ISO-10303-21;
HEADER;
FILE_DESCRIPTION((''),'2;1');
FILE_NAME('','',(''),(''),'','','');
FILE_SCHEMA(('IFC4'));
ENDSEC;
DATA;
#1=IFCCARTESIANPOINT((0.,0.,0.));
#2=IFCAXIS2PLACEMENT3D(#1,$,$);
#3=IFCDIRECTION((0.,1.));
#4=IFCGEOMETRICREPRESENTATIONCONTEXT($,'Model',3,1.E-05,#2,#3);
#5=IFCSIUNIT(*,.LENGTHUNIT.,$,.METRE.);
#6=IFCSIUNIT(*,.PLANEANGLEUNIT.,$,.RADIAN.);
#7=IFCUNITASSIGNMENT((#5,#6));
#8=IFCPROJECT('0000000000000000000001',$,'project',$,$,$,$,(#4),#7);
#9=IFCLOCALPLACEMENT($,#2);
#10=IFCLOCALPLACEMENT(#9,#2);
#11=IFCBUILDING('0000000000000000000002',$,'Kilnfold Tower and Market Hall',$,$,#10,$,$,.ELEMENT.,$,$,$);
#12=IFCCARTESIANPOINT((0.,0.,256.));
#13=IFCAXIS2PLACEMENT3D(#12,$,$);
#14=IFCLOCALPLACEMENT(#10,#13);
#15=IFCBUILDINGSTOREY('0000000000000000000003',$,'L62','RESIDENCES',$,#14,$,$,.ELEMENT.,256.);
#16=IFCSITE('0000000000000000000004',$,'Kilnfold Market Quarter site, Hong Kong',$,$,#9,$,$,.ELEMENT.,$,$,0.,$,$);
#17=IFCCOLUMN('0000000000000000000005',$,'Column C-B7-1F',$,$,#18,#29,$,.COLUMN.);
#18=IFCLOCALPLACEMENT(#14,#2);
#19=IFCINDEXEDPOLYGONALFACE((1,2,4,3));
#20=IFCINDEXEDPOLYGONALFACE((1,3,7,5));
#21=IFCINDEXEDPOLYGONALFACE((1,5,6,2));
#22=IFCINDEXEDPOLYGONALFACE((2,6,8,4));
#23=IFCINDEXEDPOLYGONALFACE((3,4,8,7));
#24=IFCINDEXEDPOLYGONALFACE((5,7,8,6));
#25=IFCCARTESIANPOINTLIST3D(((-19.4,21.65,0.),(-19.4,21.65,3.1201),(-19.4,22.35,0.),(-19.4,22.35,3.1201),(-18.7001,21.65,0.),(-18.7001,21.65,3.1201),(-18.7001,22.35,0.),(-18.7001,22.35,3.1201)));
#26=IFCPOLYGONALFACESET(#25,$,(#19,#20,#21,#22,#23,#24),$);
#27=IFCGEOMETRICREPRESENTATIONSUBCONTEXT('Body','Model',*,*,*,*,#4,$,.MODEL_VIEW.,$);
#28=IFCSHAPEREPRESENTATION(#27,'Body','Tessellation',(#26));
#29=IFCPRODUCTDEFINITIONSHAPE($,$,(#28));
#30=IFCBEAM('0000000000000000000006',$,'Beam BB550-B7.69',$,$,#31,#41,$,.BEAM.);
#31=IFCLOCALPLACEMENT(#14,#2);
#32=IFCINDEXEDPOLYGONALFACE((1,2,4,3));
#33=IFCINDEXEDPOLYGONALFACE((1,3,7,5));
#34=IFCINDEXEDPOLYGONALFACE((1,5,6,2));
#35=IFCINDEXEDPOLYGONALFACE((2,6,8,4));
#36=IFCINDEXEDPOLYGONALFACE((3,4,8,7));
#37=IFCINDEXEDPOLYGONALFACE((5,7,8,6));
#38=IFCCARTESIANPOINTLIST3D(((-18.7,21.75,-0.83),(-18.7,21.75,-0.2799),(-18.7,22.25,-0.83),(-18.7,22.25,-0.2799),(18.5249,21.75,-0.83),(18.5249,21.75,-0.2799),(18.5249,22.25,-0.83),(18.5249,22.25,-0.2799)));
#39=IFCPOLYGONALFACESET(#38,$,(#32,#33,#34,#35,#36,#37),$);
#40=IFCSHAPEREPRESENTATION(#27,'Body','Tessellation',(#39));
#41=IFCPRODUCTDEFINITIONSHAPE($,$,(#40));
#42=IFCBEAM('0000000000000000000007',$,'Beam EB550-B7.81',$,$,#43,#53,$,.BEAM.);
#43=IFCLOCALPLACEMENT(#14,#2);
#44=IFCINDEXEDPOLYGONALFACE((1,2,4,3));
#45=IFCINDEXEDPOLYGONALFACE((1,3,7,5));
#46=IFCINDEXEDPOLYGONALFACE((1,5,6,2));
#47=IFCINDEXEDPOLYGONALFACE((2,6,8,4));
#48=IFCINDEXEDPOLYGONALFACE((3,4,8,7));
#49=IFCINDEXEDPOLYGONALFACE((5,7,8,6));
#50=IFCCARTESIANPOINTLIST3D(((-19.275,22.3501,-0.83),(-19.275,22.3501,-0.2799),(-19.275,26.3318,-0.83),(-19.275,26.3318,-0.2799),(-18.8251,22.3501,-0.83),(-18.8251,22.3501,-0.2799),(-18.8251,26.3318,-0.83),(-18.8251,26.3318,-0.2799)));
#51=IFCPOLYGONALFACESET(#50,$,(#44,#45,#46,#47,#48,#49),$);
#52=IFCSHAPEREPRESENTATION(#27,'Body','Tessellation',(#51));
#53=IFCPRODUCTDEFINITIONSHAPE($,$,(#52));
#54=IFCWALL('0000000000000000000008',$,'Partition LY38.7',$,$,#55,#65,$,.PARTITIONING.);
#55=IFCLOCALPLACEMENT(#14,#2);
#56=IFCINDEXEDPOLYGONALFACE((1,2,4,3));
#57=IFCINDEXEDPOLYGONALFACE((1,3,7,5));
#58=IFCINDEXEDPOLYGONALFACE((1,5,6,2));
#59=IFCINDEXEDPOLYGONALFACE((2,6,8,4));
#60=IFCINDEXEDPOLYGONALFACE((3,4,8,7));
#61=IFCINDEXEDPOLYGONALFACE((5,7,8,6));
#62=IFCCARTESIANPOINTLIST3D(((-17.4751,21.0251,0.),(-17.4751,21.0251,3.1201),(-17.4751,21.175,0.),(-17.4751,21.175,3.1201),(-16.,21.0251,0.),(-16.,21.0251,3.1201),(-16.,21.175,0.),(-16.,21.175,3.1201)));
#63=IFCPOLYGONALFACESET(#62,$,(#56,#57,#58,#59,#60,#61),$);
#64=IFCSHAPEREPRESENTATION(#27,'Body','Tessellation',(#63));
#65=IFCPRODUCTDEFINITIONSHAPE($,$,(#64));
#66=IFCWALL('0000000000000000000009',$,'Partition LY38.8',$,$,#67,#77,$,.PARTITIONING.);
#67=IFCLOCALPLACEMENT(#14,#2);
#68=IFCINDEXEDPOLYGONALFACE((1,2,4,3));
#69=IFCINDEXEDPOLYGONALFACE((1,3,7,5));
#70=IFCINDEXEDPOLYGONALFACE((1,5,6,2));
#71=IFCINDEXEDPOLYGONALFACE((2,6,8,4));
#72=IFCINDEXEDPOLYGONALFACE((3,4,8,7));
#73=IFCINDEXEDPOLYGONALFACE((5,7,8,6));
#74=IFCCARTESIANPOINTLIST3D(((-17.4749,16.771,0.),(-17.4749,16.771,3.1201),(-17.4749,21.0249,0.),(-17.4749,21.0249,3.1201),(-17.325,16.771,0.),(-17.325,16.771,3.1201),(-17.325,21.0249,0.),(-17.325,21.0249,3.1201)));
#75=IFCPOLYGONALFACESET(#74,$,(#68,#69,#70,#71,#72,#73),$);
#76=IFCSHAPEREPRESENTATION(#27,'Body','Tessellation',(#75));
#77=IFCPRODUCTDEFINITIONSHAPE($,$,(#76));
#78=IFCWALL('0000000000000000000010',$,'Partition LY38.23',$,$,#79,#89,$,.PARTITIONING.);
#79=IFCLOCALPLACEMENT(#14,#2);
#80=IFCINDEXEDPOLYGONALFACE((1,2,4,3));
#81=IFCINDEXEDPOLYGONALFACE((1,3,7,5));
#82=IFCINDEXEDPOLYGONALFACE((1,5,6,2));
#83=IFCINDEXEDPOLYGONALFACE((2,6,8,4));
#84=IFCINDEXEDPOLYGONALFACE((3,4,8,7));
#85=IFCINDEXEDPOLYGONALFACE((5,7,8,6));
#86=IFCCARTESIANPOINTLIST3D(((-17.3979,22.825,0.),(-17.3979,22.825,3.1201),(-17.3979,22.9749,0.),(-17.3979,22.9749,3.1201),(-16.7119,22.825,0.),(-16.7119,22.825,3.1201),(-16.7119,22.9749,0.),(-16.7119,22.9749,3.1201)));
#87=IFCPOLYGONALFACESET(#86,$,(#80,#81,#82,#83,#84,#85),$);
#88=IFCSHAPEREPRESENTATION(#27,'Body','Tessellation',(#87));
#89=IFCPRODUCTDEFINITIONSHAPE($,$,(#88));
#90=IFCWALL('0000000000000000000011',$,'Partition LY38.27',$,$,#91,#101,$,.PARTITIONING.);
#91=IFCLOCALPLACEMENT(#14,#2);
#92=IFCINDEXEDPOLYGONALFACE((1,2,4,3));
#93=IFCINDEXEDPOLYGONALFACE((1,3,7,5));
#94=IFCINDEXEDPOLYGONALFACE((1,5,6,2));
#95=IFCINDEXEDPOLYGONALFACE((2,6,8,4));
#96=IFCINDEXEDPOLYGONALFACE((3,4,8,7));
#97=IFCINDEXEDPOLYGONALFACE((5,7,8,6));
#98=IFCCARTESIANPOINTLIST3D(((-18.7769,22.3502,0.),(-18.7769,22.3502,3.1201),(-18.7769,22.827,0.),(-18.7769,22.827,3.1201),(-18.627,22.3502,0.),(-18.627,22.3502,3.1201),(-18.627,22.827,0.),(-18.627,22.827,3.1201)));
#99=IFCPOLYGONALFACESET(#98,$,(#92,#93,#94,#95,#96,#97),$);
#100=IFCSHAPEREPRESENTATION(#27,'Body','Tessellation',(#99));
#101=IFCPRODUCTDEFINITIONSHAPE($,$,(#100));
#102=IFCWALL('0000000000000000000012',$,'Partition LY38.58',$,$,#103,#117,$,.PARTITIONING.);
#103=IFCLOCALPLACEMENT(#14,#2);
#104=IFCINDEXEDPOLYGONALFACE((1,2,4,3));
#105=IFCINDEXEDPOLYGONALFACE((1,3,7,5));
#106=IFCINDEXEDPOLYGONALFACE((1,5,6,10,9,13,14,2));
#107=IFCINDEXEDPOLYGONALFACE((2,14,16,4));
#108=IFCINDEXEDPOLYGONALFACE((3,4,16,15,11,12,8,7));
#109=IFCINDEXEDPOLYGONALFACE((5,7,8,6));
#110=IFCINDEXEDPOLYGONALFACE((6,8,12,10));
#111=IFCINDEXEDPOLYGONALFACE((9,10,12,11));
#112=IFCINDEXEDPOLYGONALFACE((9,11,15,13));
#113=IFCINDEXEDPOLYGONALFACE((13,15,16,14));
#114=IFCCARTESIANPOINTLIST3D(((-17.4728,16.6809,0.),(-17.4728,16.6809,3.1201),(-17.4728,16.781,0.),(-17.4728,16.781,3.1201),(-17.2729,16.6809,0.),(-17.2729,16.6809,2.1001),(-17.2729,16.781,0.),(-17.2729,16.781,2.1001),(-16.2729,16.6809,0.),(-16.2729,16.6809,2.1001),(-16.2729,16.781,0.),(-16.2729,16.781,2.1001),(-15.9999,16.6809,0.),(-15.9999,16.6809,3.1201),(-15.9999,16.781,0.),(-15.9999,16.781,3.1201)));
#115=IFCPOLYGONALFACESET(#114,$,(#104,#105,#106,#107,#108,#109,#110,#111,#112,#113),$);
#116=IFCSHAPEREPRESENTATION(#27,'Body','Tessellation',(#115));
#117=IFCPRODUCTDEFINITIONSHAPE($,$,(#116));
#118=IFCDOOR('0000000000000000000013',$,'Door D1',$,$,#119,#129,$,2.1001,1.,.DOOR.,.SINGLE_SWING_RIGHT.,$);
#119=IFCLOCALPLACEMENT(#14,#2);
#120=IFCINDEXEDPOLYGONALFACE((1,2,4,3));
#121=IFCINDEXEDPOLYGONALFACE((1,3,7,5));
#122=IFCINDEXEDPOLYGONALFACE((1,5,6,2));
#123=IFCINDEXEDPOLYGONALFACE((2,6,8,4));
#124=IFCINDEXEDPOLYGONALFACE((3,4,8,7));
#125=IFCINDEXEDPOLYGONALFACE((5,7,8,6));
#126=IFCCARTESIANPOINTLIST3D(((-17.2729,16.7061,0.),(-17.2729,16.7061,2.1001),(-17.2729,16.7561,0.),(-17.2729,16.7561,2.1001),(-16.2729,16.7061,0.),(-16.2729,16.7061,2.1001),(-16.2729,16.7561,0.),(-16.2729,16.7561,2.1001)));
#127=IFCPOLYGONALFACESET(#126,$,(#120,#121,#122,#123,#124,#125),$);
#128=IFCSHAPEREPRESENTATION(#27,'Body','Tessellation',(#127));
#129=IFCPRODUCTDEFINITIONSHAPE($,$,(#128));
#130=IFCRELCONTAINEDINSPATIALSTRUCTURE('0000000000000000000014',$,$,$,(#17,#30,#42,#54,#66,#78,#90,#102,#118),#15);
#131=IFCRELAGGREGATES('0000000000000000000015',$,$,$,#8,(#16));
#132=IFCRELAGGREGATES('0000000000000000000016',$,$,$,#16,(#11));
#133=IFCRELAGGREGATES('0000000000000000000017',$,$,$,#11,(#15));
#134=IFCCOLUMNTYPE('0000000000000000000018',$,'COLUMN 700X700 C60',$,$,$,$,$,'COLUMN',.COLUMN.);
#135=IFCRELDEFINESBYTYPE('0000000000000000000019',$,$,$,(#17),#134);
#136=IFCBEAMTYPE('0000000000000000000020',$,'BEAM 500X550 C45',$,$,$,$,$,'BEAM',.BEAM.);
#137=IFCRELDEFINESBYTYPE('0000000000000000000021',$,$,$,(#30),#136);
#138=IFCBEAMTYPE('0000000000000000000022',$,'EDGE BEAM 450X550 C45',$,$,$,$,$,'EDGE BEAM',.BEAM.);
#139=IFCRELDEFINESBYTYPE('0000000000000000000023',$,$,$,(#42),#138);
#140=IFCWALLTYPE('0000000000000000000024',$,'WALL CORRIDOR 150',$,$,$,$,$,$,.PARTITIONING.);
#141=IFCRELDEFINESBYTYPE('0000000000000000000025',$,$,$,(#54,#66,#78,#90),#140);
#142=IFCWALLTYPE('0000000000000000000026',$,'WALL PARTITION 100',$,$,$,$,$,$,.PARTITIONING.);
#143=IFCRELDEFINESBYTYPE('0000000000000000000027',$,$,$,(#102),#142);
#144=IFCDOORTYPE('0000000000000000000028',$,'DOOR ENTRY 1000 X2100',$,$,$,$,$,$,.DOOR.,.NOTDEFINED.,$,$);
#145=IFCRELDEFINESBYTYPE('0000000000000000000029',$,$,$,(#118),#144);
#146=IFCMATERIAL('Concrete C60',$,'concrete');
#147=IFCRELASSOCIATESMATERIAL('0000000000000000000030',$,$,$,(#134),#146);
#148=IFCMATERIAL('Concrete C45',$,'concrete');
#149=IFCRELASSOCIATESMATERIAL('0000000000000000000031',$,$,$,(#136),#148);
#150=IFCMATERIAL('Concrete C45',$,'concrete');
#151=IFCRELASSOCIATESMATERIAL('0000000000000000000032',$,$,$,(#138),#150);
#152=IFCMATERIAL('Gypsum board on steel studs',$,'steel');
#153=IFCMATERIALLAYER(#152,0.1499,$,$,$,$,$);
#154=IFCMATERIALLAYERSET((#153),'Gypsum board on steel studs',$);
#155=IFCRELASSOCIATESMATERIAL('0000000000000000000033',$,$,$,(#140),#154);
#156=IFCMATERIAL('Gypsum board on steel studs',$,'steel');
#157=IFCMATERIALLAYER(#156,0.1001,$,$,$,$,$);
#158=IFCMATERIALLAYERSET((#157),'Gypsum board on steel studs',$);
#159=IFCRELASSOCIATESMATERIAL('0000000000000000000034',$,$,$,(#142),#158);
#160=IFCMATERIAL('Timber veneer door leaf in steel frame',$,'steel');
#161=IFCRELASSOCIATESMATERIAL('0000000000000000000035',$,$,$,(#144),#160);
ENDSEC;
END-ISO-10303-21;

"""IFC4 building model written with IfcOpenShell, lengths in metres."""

from ifc_helpers import new_model, si_unit, direction, frame, frame_2d, origin, origin_2d, place, context, subcontext, project, spatial, rectangle, extrude, source, transform, mapped, material, layer, layer_set, material_profile, profile_set, type_object, element, fill, save


model = new_model("IFC4")

# Units and contexts
model_context = context("Model", 3, precision=1e-05, world=origin(), true_north=direction((0.0, 1.0)))
body_context = subcontext(model_context, "Body", "Model", "MODEL_VIEW")
ifc_project = project(units=[si_unit("LENGTHUNIT", "METRE"), si_unit("PLANEANGLEUNIT", "RADIAN")], contexts=[model_context])

# Site, building, storey
site_placement = place(None, origin())
site = spatial("IfcSite", under=ifc_project, at=site_placement, Name="Kilnfold Market Quarter site, Hong Kong", CompositionType="ELEMENT", RefElevation=0.0)
building_placement = place(site_placement, origin())
building = spatial("IfcBuilding", under=site, at=building_placement, Name="Kilnfold Tower and Market Hall", CompositionType="ELEMENT")
storey_placement = place(building_placement, frame((0.0, 0.0, 256.0)))
storey = spatial("IfcBuildingStorey", under=building, at=storey_placement, Name="L62", Description="RESIDENCES", CompositionType="ELEMENT", Elevation=256.0)

# Column
ifc_material_1 = material(Name="Concrete C60", Category="concrete")
ifc_material_profile_1 = material_profile(ifc_material_1, rectangle(XDim=0.7, YDim=0.7, at=origin_2d()), Name="RC 700x700")
ifc_profile_set_1 = profile_set([ifc_material_profile_1], Name="Concrete C60")
column_type = type_object("IfcColumnType", Name="COLUMN 700X700 C60", ElementType="COLUMN", PredefinedType="COLUMN", material=ifc_profile_set_1)
shared_shape_1 = source(origin(), body_context, "Body", "SweptSolid", [
    extrude(rectangle(XDim=0.7, YDim=0.7, at=origin_2d()), origin(), (0.0, 0.0, 1.0), 3.1201),
])
column_placement = place(storey_placement, frame((-19.05, 22.0, 0.0), z_axis=(0.0, 0.0, 1.0), x_axis=(1.0, 0.0, 0.0)))
element("IfcColumn", 1, at=column_placement, inside=storey, type_object=column_type, Name="Column C-B7-1F", PredefinedType="COLUMN", context=body_context, shape_type="MappedRepresentation", body=[
    mapped(shared_shape_1, transform((0.0, 0.0, 0.0))),
])

# Beams
ifc_material_2 = material(Name="Concrete C45", Category="concrete")
ifc_material_profile_2 = material_profile(ifc_material_2, rectangle(XDim=0.5, YDim=0.55, at=origin_2d()), Name="RC 500x550")
ifc_profile_set_2 = profile_set([ifc_material_profile_2], Name="Concrete C45")
beam_type_1 = type_object("IfcBeamType", Name="BEAM 500X550 C45", ElementType="BEAM", PredefinedType="BEAM", material=ifc_profile_set_2)
shared_shape_2 = source(origin(), body_context, "Body", "SweptSolid", [
    extrude(rectangle(XDim=0.5, YDim=0.55, at=origin_2d()), origin(), (0.0, 0.0, 1.0), 37.2249),
])
beam_1_placement = place(storey_placement, frame((-18.7, 22.0, -0.5549), z_axis=(1.0, 0.0, 0.0), x_axis=(0.0, 1.0, 0.0)))
element("IfcBeam", 2, at=beam_1_placement, inside=storey, type_object=beam_type_1, Name="Beam BB550-B7.69", PredefinedType="BEAM", context=body_context, shape_type="MappedRepresentation", body=[
    mapped(shared_shape_2, transform((0.0, 0.0, 0.0))),
])
ifc_material_3 = material(Name="Concrete C45", Category="concrete")
ifc_material_profile_3 = material_profile(ifc_material_3, rectangle(XDim=0.45, YDim=0.55, at=origin_2d()), Name="RC 450x550")
ifc_profile_set_3 = profile_set([ifc_material_profile_3], Name="Concrete C45")
beam_type_2 = type_object("IfcBeamType", Name="EDGE BEAM 450X550 C45", ElementType="EDGE BEAM", PredefinedType="BEAM", material=ifc_profile_set_3)
shared_shape_3 = source(origin(), body_context, "Body", "SweptSolid", [
    extrude(rectangle(XDim=0.45, YDim=0.55, at=origin_2d()), origin(), (0.0, 0.0, 1.0), 3.9817),
])
beam_2_placement = place(storey_placement, frame((-19.05, 22.3501, -0.5549), z_axis=(0.0, 1.0, 0.0), x_axis=(-1.0, 0.0, 0.0)))
element("IfcBeam", 3, at=beam_2_placement, inside=storey, type_object=beam_type_2, Name="Beam EB550-B7.81", PredefinedType="BEAM", context=body_context, shape_type="MappedRepresentation", body=[
    mapped(shared_shape_3, transform((0.0, 0.0, 0.0))),
])

# Walls
ifc_material_4 = material(Name="Gypsum board on steel studs", Category="steel")
ifc_layer_1 = layer(ifc_material_4, 0.1499)
ifc_layer_set_1 = layer_set([ifc_layer_1], Name="Gypsum board on steel studs")
wall_type_1 = type_object("IfcWallType", Name="WALL CORRIDOR 150", PredefinedType="PARTITIONING", material=ifc_layer_set_1)
wall_1_placement = place(storey_placement, frame((-17.4751, 21.1001, 0.0), z_axis=(0.0, 0.0, 1.0), x_axis=(1.0, 0.0, 0.0)))
element("IfcWall", 4, at=wall_1_placement, inside=storey, type_object=wall_type_1, Name="Partition LY38.7", PredefinedType="PARTITIONING", context=body_context, shape_type="SweptSolid", body=[
    extrude(rectangle(XDim=1.4751, YDim=0.1499, at=frame_2d((0.7375, 0.0))), origin(), (0.0, 0.0, 1.0), 3.1201),
])
wall_2_placement = place(storey_placement, frame((-17.3999, 16.771, 0.0), z_axis=(0.0, 0.0, 1.0), x_axis=(0.0, 1.0, 0.0)))
element("IfcWall", 5, at=wall_2_placement, inside=storey, type_object=wall_type_1, Name="Partition LY38.8", PredefinedType="PARTITIONING", context=body_context, shape_type="SweptSolid", body=[
    extrude(rectangle(XDim=4.2539, YDim=0.1499, at=frame_2d((2.127, 0.0))), origin(), (0.0, 0.0, 1.0), 3.1201),
])
wall_3_placement = place(storey_placement, frame((-16.7119, 22.8999, 0.0), z_axis=(0.0, 0.0, 1.0), x_axis=(-1.0, 0.0, 0.0)))
element("IfcWall", 6, at=wall_3_placement, inside=storey, type_object=wall_type_1, Name="Partition LY38.23", PredefinedType="PARTITIONING", context=body_context, shape_type="SweptSolid", body=[
    extrude(rectangle(XDim=0.686, YDim=0.1499, at=frame_2d((0.343, 0.0))), origin(), (0.0, 0.0, 1.0), 3.1201),
])
wall_4_placement = place(storey_placement, frame((-18.7019, 22.8269, 0.0), z_axis=(0.0, 0.0, 1.0), x_axis=(0.0, -1.0, 0.0)))
element("IfcWall", 7, at=wall_4_placement, inside=storey, type_object=wall_type_1, Name="Partition LY38.27", PredefinedType="PARTITIONING", context=body_context, shape_type="SweptSolid", body=[
    extrude(rectangle(XDim=0.4768, YDim=0.1499, at=frame_2d((0.2383, 0.0))), origin(), (0.0, 0.0, 1.0), 3.1201),
])

# Wall, opening, door
ifc_material_5 = material(Name="Gypsum board on steel studs", Category="steel")
ifc_layer_2 = layer(ifc_material_5, 0.1001)
ifc_layer_set_2 = layer_set([ifc_layer_2], Name="Gypsum board on steel studs")
wall_type_2 = type_object("IfcWallType", Name="WALL PARTITION 100", PredefinedType="PARTITIONING", material=ifc_layer_set_2)
wall_5_placement = place(storey_placement, frame((-16.0, 16.731, 0.0), z_axis=(0.0, 0.0, 1.0), x_axis=(-1.0, 0.0, 0.0)))
wall_5 = element("IfcWall", 8, at=wall_5_placement, inside=storey, type_object=wall_type_2, Name="Partition LY38.58", PredefinedType="PARTITIONING", context=body_context, shape_type="SweptSolid", body=[
    extrude(rectangle(XDim=1.4729, YDim=0.1001, at=frame_2d((0.7363, 0.0))), origin(), (0.0, 0.0, 1.0), 3.1201),
])
opening_1_placement = place(wall_5_placement, frame((0.2729, 0.0, 0.0)))
opening_1 = element("IfcOpeningElement", 9, at=opening_1_placement, cuts=wall_5, PredefinedType="OPENING", context=body_context, shape_type="SweptSolid", body=[
    extrude(rectangle(XDim=1.0, YDim=2.1001, at=frame_2d((0.5, 1.05))), frame((0.0, 0.0601, 0.0), z_axis=(0.0, -1.0, 0.0), x_axis=(1.0, 0.0, 0.0)), (0.0, 0.0, 1.0), 0.1201),
])
ifc_material_6 = material(Name="Timber veneer door leaf in steel frame", Category="steel")
door_type_1 = type_object("IfcDoorType", Name="DOOR ENTRY 1000 X2100", OperationType="NOTDEFINED", PredefinedType="DOOR", material=ifc_material_6)
door_1_placement = place(opening_1_placement, origin())
door_1 = element("IfcDoor", 10, at=door_1_placement, inside=storey, type_object=door_type_1, Name="Door D1", OperationType="SINGLE_SWING_RIGHT", OverallHeight=2.1001, OverallWidth=1.0, PredefinedType="DOOR", context=body_context, shape_type="SweptSolid", body=[
    extrude(rectangle(XDim=1.0, YDim=2.1001, at=frame_2d((0.5, 1.05))), frame((0.0, 0.0249, 0.0), z_axis=(0.0, -1.0, 0.0), x_axis=(1.0, 0.0, 0.0)), (0.0, 0.0, 1.0), 0.05),
])
fill(opening_1, door_1)

save(model, "model.ifc")
